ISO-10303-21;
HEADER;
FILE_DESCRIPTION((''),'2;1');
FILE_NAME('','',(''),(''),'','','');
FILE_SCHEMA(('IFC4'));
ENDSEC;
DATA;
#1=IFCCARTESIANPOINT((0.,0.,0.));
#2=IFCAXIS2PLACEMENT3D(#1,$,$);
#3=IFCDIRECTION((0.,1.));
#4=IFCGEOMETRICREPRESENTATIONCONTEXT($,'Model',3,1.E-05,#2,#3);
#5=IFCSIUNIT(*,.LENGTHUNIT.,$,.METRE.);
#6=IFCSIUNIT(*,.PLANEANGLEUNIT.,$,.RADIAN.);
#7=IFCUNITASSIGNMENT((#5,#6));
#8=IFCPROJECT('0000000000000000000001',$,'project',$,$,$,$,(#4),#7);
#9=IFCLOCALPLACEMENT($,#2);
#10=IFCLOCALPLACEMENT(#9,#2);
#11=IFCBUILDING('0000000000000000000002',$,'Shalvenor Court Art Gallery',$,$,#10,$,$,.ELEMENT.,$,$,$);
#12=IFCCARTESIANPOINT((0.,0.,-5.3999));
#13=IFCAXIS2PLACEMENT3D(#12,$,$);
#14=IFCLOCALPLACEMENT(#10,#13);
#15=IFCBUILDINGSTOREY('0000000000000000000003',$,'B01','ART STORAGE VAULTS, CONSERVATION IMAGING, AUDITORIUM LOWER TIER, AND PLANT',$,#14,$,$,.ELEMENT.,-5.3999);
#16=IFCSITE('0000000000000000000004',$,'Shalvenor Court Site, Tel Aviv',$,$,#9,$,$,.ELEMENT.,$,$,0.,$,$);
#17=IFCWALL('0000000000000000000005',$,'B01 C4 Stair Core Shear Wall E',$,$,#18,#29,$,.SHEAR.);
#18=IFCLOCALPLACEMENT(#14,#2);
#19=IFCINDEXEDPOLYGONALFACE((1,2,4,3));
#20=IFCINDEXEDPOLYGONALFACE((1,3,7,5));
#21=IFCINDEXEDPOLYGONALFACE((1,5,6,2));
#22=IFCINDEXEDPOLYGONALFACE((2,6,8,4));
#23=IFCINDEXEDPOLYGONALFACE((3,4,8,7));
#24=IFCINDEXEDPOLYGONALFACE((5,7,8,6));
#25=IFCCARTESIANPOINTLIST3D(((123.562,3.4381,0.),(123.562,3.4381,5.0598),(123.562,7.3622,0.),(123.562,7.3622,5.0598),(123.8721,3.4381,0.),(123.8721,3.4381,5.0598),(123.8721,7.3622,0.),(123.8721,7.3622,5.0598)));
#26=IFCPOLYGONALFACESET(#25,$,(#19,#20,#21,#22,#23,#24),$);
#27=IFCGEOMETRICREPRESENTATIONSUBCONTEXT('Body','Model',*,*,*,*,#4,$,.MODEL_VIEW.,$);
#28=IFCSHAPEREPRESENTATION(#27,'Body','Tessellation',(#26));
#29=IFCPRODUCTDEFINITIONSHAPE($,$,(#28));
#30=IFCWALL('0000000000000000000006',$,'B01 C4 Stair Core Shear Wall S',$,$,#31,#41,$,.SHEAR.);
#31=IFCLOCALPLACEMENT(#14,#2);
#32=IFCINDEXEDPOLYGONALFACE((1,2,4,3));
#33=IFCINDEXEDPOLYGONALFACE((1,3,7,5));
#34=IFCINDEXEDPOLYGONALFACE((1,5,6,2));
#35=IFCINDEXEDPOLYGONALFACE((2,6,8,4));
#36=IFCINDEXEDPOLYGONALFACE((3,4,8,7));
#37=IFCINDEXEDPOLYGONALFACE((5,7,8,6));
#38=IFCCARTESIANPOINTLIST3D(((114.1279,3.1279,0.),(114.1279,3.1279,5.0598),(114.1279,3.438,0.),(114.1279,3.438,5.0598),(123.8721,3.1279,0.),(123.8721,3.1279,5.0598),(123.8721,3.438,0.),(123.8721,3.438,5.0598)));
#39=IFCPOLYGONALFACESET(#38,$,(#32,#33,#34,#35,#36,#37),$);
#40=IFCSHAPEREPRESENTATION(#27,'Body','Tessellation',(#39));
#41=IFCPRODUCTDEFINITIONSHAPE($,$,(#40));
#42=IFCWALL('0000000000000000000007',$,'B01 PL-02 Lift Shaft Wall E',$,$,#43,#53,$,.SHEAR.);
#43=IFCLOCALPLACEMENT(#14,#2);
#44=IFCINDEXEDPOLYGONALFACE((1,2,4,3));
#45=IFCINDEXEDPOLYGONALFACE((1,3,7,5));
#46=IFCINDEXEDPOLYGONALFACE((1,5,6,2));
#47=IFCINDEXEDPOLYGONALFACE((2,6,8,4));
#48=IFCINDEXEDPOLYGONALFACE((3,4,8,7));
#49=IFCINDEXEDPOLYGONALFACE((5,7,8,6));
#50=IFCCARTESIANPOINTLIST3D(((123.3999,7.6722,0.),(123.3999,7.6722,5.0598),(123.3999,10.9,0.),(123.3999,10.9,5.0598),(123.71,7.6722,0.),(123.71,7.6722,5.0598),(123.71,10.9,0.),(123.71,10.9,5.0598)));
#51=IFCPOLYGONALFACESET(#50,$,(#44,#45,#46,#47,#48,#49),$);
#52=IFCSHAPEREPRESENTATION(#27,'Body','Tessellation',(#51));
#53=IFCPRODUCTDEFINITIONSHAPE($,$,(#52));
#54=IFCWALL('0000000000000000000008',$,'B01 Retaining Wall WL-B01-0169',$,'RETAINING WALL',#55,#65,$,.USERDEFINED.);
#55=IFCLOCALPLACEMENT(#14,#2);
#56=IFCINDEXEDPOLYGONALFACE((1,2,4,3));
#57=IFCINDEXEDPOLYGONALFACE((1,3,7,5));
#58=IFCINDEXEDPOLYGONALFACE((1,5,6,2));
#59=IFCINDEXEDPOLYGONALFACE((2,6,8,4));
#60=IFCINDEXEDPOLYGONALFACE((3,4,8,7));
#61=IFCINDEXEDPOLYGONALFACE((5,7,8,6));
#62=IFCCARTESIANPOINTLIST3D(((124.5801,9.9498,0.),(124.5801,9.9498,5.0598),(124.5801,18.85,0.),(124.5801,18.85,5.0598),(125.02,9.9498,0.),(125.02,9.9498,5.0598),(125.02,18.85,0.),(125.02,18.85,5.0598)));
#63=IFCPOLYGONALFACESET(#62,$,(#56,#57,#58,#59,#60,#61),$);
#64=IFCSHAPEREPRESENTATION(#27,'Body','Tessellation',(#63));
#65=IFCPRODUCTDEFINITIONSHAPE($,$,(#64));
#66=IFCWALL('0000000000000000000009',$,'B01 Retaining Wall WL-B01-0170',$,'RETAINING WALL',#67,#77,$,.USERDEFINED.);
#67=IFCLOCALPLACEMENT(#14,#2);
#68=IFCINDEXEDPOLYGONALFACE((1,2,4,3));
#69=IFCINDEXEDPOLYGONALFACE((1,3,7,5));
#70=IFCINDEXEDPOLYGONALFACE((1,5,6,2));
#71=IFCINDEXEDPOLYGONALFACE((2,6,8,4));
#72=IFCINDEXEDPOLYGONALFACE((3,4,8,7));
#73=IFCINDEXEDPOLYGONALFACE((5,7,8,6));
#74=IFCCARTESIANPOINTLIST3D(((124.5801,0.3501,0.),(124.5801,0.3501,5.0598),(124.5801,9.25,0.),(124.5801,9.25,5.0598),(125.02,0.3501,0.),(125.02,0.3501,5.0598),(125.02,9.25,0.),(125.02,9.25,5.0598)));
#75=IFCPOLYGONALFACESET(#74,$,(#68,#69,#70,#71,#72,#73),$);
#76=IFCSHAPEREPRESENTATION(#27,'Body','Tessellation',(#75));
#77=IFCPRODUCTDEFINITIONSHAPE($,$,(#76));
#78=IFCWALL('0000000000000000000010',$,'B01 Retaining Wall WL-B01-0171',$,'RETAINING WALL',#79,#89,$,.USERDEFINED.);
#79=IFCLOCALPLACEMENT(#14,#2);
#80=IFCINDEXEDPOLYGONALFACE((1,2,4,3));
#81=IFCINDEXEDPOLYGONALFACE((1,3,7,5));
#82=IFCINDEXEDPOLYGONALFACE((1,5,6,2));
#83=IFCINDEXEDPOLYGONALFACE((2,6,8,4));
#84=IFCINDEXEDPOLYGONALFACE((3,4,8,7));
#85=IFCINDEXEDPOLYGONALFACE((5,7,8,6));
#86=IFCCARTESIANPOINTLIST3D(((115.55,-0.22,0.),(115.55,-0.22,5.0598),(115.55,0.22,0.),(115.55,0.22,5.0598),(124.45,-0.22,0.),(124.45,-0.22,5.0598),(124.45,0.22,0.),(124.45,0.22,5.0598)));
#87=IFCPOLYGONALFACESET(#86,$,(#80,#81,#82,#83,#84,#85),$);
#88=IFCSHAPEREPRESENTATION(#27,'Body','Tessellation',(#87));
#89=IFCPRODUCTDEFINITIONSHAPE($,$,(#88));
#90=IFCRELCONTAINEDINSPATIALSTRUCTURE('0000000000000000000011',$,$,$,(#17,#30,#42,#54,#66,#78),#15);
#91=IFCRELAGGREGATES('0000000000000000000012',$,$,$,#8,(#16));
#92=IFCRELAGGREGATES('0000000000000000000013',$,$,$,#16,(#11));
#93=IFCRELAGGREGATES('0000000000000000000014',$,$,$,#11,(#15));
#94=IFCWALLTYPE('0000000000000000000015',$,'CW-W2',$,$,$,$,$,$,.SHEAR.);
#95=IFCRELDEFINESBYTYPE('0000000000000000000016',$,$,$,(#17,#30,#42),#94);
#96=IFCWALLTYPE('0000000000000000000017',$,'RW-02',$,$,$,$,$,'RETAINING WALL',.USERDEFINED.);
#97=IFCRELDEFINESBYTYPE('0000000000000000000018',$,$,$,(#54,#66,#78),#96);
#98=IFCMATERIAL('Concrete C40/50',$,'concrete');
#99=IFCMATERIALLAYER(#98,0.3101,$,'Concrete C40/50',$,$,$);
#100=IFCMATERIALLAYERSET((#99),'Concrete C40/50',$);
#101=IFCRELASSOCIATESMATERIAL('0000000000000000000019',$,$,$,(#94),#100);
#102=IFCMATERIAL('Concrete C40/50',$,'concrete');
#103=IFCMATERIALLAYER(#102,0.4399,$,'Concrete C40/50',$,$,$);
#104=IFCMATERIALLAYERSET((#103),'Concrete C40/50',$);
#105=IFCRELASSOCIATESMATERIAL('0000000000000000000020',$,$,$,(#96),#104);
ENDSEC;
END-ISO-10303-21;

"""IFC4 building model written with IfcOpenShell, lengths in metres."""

from ifc_helpers import new_model, si_unit, direction, frame, frame_2d, origin, place, context, subcontext, project, spatial, rectangle, extrude, material, layer, layer_set, type_object, element, save


model = new_model("IFC4")

# Units and contexts
model_context = context("Model", 3, precision=1e-05, world=origin(), true_north=direction((0.0, 1.0)))
body_context = subcontext(model_context, "Body", "Model", "MODEL_VIEW")
ifc_project = project(units=[si_unit("LENGTHUNIT", "METRE"), si_unit("PLANEANGLEUNIT", "RADIAN")], contexts=[model_context])

# Site, building, storey
site_placement = place(None, origin())
site = spatial("IfcSite", under=ifc_project, at=site_placement, Name="Shalvenor Court Site, Tel Aviv", CompositionType="ELEMENT", RefElevation=0.0)
building_placement = place(site_placement, origin())
building = spatial("IfcBuilding", under=site, at=building_placement, Name="Shalvenor Court Art Gallery", CompositionType="ELEMENT")
storey_placement = place(building_placement, frame((0.0, 0.0, -5.3999)))
storey = spatial("IfcBuildingStorey", under=building, at=storey_placement, Name="B01", Description="ART STORAGE VAULTS, CONSERVATION IMAGING, AUDITORIUM LOWER TIER, AND PLANT", CompositionType="ELEMENT", Elevation=-5.3999)

# Walls
ifc_material_1 = material(Name="Concrete C40/50", Category="concrete")
ifc_layer_1 = layer(ifc_material_1, 0.3101, Name="Concrete C40/50")
ifc_layer_set_1 = layer_set([ifc_layer_1], Name="Concrete C40/50")
wall_type_1 = type_object("IfcWallType", Name="CW-W2", PredefinedType="SHEAR", material=ifc_layer_set_1)
wall_1_placement = place(storey_placement, frame((123.717, 7.3621, 0.0), z_axis=(0.0, 0.0, 1.0), x_axis=(0.0, -1.0, 0.0)))
element("IfcWall", 1, at=wall_1_placement, inside=storey, type_object=wall_type_1, Name="B01 C4 Stair Core Shear Wall E", PredefinedType="SHEAR", context=body_context, shape_type="SweptSolid", body=[
    extrude(rectangle(XDim=3.9241, YDim=0.3101, at=frame_2d((1.9619, 0.0))), origin(), (0.0, 0.0, 1.0), 5.0598),
])
wall_2_placement = place(storey_placement, frame((123.8721, 3.283, 0.0), z_axis=(0.0, 0.0, 1.0), x_axis=(-1.0, 0.0, 0.0)))
element("IfcWall", 2, at=wall_2_placement, inside=storey, type_object=wall_type_1, Name="B01 C4 Stair Core Shear Wall S", PredefinedType="SHEAR", context=body_context, shape_type="SweptSolid", body=[
    extrude(rectangle(XDim=9.7441, YDim=0.3101, at=frame_2d((4.8721, 0.0))), origin(), (0.0, 0.0, 1.0), 5.0598),
])
wall_3_placement = place(storey_placement, frame((123.5549, 10.8999, 0.0), z_axis=(0.0, 0.0, 1.0), x_axis=(0.0, -1.0, 0.0)))
element("IfcWall", 3, at=wall_3_placement, inside=storey, type_object=wall_type_1, Name="B01 PL-02 Lift Shaft Wall E", PredefinedType="SHEAR", context=body_context, shape_type="SweptSolid", body=[
    extrude(rectangle(XDim=3.2278, YDim=0.3101, at=frame_2d((1.6138, 0.0))), origin(), (0.0, 0.0, 1.0), 5.0598),
])
ifc_material_2 = material(Name="Concrete C40/50", Category="concrete")
ifc_layer_2 = layer(ifc_material_2, 0.4399, Name="Concrete C40/50")
ifc_layer_set_2 = layer_set([ifc_layer_2], Name="Concrete C40/50")
wall_type_2 = type_object("IfcWallType", Name="RW-02", ElementType="RETAINING WALL", PredefinedType="USERDEFINED", material=ifc_layer_set_2)
wall_4_placement = place(storey_placement, frame((124.8, 18.8501, 0.0), z_axis=(0.0, 0.0, 1.0), x_axis=(0.0, -1.0, 0.0)))
element("IfcWall", 4, at=wall_4_placement, inside=storey, type_object=wall_type_2, Name="B01 Retaining Wall WL-B01-0169", ObjectType="RETAINING WALL", PredefinedType="USERDEFINED", context=body_context, shape_type="SweptSolid", body=[
    extrude(rectangle(XDim=8.9001, YDim=0.4399, at=frame_2d((4.4502, 0.0))), origin(), (0.0, 0.0, 1.0), 5.0598),
])
for number, where, z_axis, x_axis, name in (
    (5, (124.8, 9.25, 0.0), (0.0, 0.0, 1.0), (0.0, -1.0, 0.0), "B01 Retaining Wall WL-B01-0170"),
    (6, (124.45, 0.0, 0.0), (0.0, 0.0, 1.0), (-1.0, 0.0, 0.0), "B01 Retaining Wall WL-B01-0171"),
):
    element("IfcWall", number, at=place(storey_placement, frame(where, z_axis=z_axis, x_axis=x_axis)), inside=storey, type_object=wall_type_2, Name=name, ObjectType="RETAINING WALL", PredefinedType="USERDEFINED", context=body_context, shape_type="SweptSolid", body=[
        extrude(rectangle(XDim=8.8999, YDim=0.4399, at=frame_2d((4.45, 0.0))), origin(), (0.0, 0.0, 1.0), 5.0598),
    ])

save(model, "model.ifc")
